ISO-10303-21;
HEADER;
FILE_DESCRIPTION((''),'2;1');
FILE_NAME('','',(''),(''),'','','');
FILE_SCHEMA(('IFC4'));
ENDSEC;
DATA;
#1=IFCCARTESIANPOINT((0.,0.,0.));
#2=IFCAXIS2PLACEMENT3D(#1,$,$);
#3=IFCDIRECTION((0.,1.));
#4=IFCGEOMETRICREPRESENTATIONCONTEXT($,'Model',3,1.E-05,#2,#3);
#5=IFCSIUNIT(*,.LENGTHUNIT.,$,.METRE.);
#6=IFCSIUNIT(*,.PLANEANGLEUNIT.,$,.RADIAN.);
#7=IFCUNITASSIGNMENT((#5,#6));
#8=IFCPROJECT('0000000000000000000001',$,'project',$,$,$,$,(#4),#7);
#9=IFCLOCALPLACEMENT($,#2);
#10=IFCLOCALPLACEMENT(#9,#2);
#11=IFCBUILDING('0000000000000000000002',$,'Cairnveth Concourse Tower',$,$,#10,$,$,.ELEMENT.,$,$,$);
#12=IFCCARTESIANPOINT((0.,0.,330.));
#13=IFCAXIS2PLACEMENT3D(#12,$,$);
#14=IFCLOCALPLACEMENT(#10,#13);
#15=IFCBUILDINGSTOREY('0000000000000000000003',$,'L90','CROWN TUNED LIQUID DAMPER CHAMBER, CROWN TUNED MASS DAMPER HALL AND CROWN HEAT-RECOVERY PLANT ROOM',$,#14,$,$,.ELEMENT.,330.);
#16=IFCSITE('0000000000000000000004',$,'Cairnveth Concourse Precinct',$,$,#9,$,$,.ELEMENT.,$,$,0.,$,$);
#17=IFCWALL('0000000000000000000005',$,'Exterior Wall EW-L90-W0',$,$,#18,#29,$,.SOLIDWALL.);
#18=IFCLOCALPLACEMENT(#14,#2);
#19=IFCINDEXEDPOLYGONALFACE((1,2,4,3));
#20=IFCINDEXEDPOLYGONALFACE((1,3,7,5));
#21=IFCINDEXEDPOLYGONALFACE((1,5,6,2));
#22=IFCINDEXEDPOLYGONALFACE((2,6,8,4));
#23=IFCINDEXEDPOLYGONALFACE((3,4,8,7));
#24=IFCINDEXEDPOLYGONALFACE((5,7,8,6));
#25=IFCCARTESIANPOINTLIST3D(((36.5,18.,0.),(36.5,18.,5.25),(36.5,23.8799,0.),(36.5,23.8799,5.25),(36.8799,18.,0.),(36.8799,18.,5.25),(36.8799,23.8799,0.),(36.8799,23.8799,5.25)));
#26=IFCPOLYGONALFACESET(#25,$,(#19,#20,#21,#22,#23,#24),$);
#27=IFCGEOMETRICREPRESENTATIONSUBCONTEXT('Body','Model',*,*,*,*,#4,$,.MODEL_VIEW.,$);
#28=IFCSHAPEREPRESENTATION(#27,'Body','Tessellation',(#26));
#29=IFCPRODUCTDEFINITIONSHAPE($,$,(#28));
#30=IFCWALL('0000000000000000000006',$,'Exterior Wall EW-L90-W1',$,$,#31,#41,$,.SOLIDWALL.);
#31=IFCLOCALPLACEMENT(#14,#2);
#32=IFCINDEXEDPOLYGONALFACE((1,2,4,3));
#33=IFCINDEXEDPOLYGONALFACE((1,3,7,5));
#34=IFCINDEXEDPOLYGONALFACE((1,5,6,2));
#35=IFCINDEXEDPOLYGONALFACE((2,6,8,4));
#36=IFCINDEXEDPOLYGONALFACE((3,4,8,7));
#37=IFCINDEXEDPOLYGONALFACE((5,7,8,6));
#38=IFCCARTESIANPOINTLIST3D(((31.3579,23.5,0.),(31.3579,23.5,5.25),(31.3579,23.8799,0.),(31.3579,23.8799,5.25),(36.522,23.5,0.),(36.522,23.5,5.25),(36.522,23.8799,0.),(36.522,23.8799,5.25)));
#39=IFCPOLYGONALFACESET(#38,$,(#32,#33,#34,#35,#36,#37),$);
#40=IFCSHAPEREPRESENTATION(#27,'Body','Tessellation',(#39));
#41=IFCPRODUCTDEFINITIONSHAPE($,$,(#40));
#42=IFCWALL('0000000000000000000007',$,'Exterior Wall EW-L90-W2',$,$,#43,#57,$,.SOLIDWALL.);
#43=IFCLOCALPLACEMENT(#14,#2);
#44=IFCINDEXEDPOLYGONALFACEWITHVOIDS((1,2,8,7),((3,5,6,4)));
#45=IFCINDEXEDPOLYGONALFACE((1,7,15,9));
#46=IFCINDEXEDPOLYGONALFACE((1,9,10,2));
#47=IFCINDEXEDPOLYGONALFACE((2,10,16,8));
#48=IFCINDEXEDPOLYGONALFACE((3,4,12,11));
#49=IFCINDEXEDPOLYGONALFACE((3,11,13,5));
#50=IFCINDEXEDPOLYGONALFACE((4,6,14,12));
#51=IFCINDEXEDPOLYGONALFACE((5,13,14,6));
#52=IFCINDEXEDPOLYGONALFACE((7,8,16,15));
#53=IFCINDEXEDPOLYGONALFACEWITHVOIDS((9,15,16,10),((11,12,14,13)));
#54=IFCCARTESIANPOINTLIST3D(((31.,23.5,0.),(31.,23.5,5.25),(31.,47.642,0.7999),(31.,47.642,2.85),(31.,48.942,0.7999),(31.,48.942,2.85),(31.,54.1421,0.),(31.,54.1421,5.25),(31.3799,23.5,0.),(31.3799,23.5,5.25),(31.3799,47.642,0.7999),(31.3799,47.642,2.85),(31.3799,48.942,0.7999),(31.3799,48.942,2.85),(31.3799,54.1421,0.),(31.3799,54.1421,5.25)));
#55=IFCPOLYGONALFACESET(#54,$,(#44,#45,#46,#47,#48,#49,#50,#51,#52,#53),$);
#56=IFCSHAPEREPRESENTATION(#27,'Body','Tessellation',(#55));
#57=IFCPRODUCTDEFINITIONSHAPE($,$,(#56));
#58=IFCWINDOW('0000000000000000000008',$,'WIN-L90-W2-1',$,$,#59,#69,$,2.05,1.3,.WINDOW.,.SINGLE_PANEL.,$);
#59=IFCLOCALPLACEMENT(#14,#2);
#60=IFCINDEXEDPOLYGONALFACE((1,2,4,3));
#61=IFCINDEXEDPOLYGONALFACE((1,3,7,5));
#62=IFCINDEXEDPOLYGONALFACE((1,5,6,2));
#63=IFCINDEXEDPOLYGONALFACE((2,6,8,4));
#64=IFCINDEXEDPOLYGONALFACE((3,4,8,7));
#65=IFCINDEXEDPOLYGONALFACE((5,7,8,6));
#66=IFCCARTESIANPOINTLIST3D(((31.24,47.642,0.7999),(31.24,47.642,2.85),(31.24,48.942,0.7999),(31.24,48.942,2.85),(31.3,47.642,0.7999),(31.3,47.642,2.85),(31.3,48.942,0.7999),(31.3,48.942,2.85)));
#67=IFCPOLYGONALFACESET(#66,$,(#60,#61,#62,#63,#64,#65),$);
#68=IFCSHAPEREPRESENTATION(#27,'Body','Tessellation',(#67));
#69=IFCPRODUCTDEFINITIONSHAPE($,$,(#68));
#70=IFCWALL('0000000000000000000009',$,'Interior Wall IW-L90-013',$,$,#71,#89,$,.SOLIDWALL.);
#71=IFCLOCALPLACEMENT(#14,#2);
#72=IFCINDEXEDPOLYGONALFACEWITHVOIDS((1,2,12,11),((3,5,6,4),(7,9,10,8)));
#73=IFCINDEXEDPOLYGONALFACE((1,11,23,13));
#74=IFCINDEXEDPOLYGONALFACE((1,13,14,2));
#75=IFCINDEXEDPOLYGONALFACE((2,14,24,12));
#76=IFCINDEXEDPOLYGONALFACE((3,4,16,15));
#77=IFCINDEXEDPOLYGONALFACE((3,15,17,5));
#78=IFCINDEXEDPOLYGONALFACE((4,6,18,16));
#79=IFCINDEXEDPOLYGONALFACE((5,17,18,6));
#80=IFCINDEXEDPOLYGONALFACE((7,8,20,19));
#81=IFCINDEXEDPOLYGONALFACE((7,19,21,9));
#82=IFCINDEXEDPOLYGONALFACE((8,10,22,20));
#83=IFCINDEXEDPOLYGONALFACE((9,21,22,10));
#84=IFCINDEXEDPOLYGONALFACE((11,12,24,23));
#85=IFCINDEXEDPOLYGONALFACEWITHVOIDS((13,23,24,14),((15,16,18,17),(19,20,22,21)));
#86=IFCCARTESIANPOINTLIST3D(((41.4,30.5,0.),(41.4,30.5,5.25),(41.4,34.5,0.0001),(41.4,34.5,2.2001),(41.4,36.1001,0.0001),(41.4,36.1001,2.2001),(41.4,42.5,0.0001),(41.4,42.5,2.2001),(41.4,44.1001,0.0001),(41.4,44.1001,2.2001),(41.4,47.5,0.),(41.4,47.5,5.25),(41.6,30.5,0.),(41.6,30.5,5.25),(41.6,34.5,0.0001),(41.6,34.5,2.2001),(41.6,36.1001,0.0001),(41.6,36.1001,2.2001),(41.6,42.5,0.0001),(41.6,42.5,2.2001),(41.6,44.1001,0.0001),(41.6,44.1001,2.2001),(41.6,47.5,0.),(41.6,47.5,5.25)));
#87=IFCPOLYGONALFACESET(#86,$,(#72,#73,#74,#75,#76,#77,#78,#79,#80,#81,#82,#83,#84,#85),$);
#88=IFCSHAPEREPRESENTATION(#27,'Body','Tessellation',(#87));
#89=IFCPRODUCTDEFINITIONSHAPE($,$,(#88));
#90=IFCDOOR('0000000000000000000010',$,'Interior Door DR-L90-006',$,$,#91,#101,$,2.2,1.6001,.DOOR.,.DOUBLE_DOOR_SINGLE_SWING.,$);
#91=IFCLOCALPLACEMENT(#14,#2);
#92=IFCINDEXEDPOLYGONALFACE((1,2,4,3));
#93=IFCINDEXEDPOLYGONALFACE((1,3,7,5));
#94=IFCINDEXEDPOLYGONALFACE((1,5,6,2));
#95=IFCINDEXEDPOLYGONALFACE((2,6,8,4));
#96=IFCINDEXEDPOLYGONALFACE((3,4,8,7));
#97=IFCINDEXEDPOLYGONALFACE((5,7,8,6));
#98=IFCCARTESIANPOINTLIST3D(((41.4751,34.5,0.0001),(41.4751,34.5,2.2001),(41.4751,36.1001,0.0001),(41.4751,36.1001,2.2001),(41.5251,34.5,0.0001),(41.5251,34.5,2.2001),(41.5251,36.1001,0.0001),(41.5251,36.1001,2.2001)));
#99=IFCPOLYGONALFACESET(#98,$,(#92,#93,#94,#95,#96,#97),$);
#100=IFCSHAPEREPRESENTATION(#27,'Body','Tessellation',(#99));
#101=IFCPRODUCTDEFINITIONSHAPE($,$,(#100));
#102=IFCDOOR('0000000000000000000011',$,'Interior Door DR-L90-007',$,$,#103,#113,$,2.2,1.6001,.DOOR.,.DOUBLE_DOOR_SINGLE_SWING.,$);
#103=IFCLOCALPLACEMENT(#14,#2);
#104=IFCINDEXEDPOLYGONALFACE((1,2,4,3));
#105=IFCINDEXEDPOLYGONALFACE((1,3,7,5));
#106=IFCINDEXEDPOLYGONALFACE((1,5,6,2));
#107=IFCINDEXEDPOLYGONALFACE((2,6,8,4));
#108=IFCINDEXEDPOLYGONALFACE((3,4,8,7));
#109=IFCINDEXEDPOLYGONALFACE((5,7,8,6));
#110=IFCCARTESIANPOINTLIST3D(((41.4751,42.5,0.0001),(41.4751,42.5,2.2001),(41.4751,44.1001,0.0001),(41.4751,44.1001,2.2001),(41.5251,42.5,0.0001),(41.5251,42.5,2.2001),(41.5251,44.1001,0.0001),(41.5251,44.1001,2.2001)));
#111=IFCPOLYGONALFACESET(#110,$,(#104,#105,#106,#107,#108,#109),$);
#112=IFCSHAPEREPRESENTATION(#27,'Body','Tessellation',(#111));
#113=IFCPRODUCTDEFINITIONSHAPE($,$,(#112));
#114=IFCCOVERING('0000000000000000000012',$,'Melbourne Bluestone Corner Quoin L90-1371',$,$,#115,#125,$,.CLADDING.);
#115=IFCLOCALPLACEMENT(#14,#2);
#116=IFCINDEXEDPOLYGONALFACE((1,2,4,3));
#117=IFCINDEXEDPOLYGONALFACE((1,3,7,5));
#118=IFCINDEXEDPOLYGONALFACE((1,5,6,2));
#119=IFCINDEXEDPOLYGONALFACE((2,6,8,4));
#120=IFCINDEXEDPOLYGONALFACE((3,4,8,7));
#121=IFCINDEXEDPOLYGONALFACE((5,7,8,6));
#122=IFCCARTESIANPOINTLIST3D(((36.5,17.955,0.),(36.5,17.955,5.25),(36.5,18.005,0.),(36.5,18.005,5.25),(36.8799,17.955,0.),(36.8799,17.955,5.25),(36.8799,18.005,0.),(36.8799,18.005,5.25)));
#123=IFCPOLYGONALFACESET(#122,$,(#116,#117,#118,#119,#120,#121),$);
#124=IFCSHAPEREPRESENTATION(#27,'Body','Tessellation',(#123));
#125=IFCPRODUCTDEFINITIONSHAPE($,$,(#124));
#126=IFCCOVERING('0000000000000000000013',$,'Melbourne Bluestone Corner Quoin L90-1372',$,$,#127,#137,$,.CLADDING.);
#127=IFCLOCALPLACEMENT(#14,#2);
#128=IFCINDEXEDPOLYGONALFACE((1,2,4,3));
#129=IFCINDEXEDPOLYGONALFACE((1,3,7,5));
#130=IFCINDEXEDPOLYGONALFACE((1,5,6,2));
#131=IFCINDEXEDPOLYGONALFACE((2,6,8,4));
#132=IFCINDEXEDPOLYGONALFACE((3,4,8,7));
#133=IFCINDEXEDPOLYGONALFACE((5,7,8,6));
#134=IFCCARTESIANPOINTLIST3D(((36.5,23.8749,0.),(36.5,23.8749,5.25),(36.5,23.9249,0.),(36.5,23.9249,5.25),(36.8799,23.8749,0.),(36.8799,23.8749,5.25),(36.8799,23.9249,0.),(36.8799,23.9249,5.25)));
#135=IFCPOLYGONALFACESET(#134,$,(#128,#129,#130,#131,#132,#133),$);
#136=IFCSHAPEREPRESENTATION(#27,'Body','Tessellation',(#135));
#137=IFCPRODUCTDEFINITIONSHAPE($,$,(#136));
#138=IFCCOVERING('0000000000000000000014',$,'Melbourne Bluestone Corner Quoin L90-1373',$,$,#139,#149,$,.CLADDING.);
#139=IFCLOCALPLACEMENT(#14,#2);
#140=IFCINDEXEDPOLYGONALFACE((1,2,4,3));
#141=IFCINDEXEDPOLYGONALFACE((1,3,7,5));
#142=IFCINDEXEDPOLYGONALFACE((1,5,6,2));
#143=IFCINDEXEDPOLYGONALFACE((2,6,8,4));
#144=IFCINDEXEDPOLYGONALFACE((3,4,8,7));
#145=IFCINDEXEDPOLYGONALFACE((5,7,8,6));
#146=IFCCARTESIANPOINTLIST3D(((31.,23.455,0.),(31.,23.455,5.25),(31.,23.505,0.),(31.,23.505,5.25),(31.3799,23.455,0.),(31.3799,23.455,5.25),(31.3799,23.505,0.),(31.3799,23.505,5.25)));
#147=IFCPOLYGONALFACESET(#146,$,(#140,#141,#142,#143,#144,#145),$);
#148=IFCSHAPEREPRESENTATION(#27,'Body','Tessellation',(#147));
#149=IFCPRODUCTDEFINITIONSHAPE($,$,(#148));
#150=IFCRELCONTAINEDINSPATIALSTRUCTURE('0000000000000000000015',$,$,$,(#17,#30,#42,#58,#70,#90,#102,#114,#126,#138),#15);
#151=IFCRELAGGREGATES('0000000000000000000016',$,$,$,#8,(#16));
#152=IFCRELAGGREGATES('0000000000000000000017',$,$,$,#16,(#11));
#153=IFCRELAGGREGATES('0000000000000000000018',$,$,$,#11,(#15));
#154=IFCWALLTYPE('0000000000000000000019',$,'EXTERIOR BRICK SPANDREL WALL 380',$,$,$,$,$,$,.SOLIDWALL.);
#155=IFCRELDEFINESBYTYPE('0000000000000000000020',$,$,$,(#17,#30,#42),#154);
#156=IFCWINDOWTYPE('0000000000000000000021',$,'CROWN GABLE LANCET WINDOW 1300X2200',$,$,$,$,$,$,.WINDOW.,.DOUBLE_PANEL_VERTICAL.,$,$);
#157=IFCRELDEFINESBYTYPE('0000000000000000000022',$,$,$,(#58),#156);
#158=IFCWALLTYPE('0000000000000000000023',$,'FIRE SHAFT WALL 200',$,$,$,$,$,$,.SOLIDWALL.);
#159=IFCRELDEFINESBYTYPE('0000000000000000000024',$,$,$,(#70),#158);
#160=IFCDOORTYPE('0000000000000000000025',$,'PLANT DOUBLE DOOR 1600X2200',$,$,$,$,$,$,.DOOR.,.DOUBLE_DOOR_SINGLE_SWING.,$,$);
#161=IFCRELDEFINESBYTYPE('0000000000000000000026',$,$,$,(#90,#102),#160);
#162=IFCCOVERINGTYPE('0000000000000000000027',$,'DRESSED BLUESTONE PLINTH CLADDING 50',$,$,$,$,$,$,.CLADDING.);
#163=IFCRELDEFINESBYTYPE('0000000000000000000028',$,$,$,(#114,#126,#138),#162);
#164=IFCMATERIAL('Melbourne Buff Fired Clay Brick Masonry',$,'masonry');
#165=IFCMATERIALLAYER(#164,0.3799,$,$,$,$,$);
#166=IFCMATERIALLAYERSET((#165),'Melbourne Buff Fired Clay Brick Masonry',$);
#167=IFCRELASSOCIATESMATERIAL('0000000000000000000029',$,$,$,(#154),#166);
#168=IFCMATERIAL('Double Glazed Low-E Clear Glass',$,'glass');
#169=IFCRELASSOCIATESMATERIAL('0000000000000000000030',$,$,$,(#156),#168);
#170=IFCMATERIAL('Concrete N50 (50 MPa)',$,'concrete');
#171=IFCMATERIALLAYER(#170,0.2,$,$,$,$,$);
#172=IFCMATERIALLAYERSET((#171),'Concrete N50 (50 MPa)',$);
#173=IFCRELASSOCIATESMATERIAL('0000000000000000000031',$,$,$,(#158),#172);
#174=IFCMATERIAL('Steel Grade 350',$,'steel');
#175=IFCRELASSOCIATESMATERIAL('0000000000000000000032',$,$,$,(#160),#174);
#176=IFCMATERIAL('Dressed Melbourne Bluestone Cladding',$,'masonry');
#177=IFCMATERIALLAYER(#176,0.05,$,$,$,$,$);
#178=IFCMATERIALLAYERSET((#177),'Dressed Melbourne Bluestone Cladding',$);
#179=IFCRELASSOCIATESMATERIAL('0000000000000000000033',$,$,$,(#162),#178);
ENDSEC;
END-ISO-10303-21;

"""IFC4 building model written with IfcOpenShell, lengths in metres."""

from ifc_helpers import new_model, si_unit, direction, frame, frame_2d, origin, place, context, subcontext, project, spatial, rectangle, extrude, material, layer, layer_set, type_object, element, fill, save


model = new_model("IFC4")

# Units and contexts
model_context = context("Model", 3, precision=1e-05, world=origin(), true_north=direction((0.0, 1.0)))
body_context = subcontext(model_context, "Body", "Model", "MODEL_VIEW")
ifc_project = project(units=[si_unit("LENGTHUNIT", "METRE"), si_unit("PLANEANGLEUNIT", "RADIAN")], contexts=[model_context])

# Site, building, storey
site_placement = place(None, origin())
site = spatial("IfcSite", under=ifc_project, at=site_placement, Name="Cairnveth Concourse Precinct", CompositionType="ELEMENT", RefElevation=0.0)
building_placement = place(site_placement, origin())
building = spatial("IfcBuilding", under=site, at=building_placement, Name="Cairnveth Concourse Tower", CompositionType="ELEMENT")
storey_placement = place(building_placement, frame((0.0, 0.0, 330.0)))
storey = spatial("IfcBuildingStorey", under=building, at=storey_placement, Name="L90", Description="CROWN TUNED LIQUID DAMPER CHAMBER, CROWN TUNED MASS DAMPER HALL AND CROWN HEAT-RECOVERY PLANT ROOM", CompositionType="ELEMENT", Elevation=330.0)

# Shared definitions
ifc_material_1 = material(Name="Steel Grade 350", Category="steel")

# Shared definitions
ifc_material_2 = material(Name="Concrete N50 (50 MPa)", Category="concrete")

# Walls
ifc_material_3 = material(Name="Melbourne Buff Fired Clay Brick Masonry", Category="masonry")
ifc_layer_1 = layer(ifc_material_3, 0.3799)
ifc_layer_set_1 = layer_set([ifc_layer_1], Name="Melbourne Buff Fired Clay Brick Masonry")
wall_type_1 = type_object("IfcWallType", Name="EXTERIOR BRICK SPANDREL WALL 380", PredefinedType="SOLIDWALL", material=ifc_layer_set_1)
wall_1_placement = place(storey_placement, frame((36.6899, 18.0, 0.0), z_axis=(0.0, 0.0, 1.0), x_axis=(0.0, 1.0, 0.0)))
element("IfcWall", 1, at=wall_1_placement, inside=storey, type_object=wall_type_1, Name="Exterior Wall EW-L90-W0", PredefinedType="SOLIDWALL", context=body_context, shape_type="SweptSolid", body=[
    extrude(rectangle(XDim=5.8799, YDim=0.3799, at=frame_2d((2.9399, 0.0))), origin(), (0.0, 0.0, 1.0), 5.25),
])
wall_2_placement = place(storey_placement, frame((36.522, 23.6899, 0.0), z_axis=(0.0, 0.0, 1.0), x_axis=(-1.0, 0.0, 0.0)))
element("IfcWall", 2, at=wall_2_placement, inside=storey, type_object=wall_type_1, Name="Exterior Wall EW-L90-W1", PredefinedType="SOLIDWALL", context=body_context, shape_type="SweptSolid", body=[
    extrude(rectangle(XDim=5.1641, YDim=0.3799, at=frame_2d((2.582, 0.0))), origin(), (0.0, 0.0, 1.0), 5.25),
])

# Wall, opening, window
wall_3_placement = place(storey_placement, frame((31.1899, 23.5, 0.0), z_axis=(0.0, 0.0, 1.0), x_axis=(0.0, 1.0, 0.0)))
wall_3 = element("IfcWall", 3, at=wall_3_placement, inside=storey, type_object=wall_type_1, Name="Exterior Wall EW-L90-W2", PredefinedType="SOLIDWALL", context=body_context, shape_type="SweptSolid", body=[
    extrude(rectangle(XDim=30.6421, YDim=0.3799, at=frame_2d((15.321, 0.0))), origin(), (0.0, 0.0, 1.0), 5.25),
])
opening_1_placement = place(wall_3_placement, frame((24.1421, 0.0, 0.8)))
opening_1 = element("IfcOpeningElement", 4, at=opening_1_placement, cuts=wall_3, PredefinedType="OPENING", context=body_context, shape_type="SweptSolid", body=[
    extrude(rectangle(XDim=1.3, YDim=2.05, at=frame_2d((0.6499, 1.0249))), frame((0.0, 0.2, 0.0), z_axis=(0.0, -1.0, 0.0), x_axis=(1.0, 0.0, 0.0)), (0.0, 0.0, 1.0), 0.3999),
])
ifc_material_4 = material(Name="Double Glazed Low-E Clear Glass", Category="glass")
window_type = type_object("IfcWindowType", Name="CROWN GABLE LANCET WINDOW 1300X2200", PartitioningType="DOUBLE_PANEL_VERTICAL", PredefinedType="WINDOW", material=ifc_material_4)
window_placement = place(opening_1_placement, origin())
window = element("IfcWindow", 5, at=window_placement, inside=storey, type_object=window_type, Name="WIN-L90-W2-1", OverallHeight=2.05, OverallWidth=1.3, PartitioningType="SINGLE_PANEL", PredefinedType="WINDOW", context=body_context, shape_type="SweptSolid", body=[
    extrude(rectangle(XDim=1.3, YDim=2.05, at=frame_2d((0.6499, 1.0249))), frame((0.0, -0.05, 0.0), z_axis=(0.0, -1.0, 0.0), x_axis=(1.0, 0.0, 0.0)), (0.0, 0.0, 1.0), 0.0601),
])
fill(opening_1, window)

# Wall, openings, doors
ifc_layer_2 = layer(ifc_material_2, 0.2)
ifc_layer_set_2 = layer_set([ifc_layer_2], Name="Concrete N50 (50 MPa)")
wall_type_2 = type_object("IfcWallType", Name="FIRE SHAFT WALL 200", PredefinedType="SOLIDWALL", material=ifc_layer_set_2)
wall_4_placement = place(storey_placement, frame((41.5, 30.5, 0.0), z_axis=(0.0, 0.0, 1.0), x_axis=(0.0, 1.0, 0.0)))
wall_4 = element("IfcWall", 6, at=wall_4_placement, inside=storey, type_object=wall_type_2, Name="Interior Wall IW-L90-013", PredefinedType="SOLIDWALL", context=body_context, shape_type="SweptSolid", body=[
    extrude(rectangle(XDim=17.0, YDim=0.2, at=frame_2d((8.5, 0.0))), origin(), (0.0, 0.0, 1.0), 5.25),
])
opening_2_placement = place(wall_4_placement, frame((4.0, 0.0, 0.0)))
opening_2 = element("IfcOpeningElement", 7, at=opening_2_placement, cuts=wall_4, PredefinedType="OPENING", context=body_context, shape_type="SweptSolid", body=[
    extrude(rectangle(XDim=1.6001, YDim=2.2, at=frame_2d((0.8, 1.1001))), frame((0.0, 0.1099, 0.0), z_axis=(0.0, -1.0, 0.0), x_axis=(1.0, 0.0, 0.0)), (0.0, 0.0, 1.0), 0.22),
])
opening_3_placement = place(wall_4_placement, frame((12.0, 0.0, 0.0)))
opening_3 = element("IfcOpeningElement", 8, at=opening_3_placement, cuts=wall_4, PredefinedType="OPENING", context=body_context, shape_type="SweptSolid", body=[
    extrude(rectangle(XDim=1.6001, YDim=2.2, at=frame_2d((0.8, 1.1001))), frame((0.0, 0.1099, 0.0), z_axis=(0.0, -1.0, 0.0), x_axis=(1.0, 0.0, 0.0)), (0.0, 0.0, 1.0), 0.22),
])
door_type = type_object("IfcDoorType", Name="PLANT DOUBLE DOOR 1600X2200", OperationType="DOUBLE_DOOR_SINGLE_SWING", PredefinedType="DOOR", material=ifc_material_1)
door_1_placement = place(opening_2_placement, origin())
door_1 = element("IfcDoor", 9, at=door_1_placement, inside=storey, type_object=door_type, Name="Interior Door DR-L90-006", OperationType="DOUBLE_DOOR_SINGLE_SWING", OverallHeight=2.2, OverallWidth=1.6001, PredefinedType="DOOR", context=body_context, shape_type="SweptSolid", body=[
    extrude(rectangle(XDim=1.6001, YDim=2.2, at=frame_2d((0.8, 1.1001))), frame((0.0, 0.0249, 0.0), z_axis=(0.0, -1.0, 0.0), x_axis=(1.0, 0.0, 0.0)), (0.0, 0.0, 1.0), 0.05),
])
fill(opening_2, door_1)
door_2_placement = place(opening_3_placement, origin())
door_2 = element("IfcDoor", 10, at=door_2_placement, inside=storey, type_object=door_type, Name="Interior Door DR-L90-007", OperationType="DOUBLE_DOOR_SINGLE_SWING", OverallHeight=2.2, OverallWidth=1.6001, PredefinedType="DOOR", context=body_context, shape_type="SweptSolid", body=[
    extrude(rectangle(XDim=1.6001, YDim=2.2, at=frame_2d((0.8, 1.1001))), frame((0.0, 0.0249, 0.0), z_axis=(0.0, -1.0, 0.0), x_axis=(1.0, 0.0, 0.0)), (0.0, 0.0, 1.0), 0.05),
])
fill(opening_3, door_2)

# Coverings
ifc_material_5 = material(Name="Dressed Melbourne Bluestone Cladding", Category="masonry")
ifc_layer_3 = layer(ifc_material_5, 0.05)
ifc_layer_set_3 = layer_set([ifc_layer_3], Name="Dressed Melbourne Bluestone Cladding")
covering_type = type_object("IfcCoveringType", Name="DRESSED BLUESTONE PLINTH CLADDING 50", PredefinedType="CLADDING", material=ifc_layer_set_3)
for number, where, z_axis, x_axis, name in (
    (11, (36.8799, 17.98, 0.0), (0.0, 0.0, 1.0), (-1.0, 0.0, 0.0), "Melbourne Bluestone Corner Quoin L90-1371"),
    (12, (36.8799, 23.8999, 0.0), (0.0, 0.0, 1.0), (-1.0, 0.0, 0.0), "Melbourne Bluestone Corner Quoin L90-1372"),
    (13, (31.3799, 23.48, 0.0), (0.0, 0.0, 1.0), (-1.0, 0.0, 0.0), "Melbourne Bluestone Corner Quoin L90-1373"),
):
    element("IfcCovering", number, at=place(storey_placement, frame(where, z_axis=z_axis, x_axis=x_axis)), inside=storey, type_object=covering_type, Name=name, PredefinedType="CLADDING", context=body_context, shape_type="SweptSolid", body=[
        extrude(rectangle(XDim=0.3799, YDim=0.05, at=frame_2d((0.1899, 0.0))), origin(), (0.0, 0.0, 1.0), 5.25),
    ])

save(model, "model.ifc")
